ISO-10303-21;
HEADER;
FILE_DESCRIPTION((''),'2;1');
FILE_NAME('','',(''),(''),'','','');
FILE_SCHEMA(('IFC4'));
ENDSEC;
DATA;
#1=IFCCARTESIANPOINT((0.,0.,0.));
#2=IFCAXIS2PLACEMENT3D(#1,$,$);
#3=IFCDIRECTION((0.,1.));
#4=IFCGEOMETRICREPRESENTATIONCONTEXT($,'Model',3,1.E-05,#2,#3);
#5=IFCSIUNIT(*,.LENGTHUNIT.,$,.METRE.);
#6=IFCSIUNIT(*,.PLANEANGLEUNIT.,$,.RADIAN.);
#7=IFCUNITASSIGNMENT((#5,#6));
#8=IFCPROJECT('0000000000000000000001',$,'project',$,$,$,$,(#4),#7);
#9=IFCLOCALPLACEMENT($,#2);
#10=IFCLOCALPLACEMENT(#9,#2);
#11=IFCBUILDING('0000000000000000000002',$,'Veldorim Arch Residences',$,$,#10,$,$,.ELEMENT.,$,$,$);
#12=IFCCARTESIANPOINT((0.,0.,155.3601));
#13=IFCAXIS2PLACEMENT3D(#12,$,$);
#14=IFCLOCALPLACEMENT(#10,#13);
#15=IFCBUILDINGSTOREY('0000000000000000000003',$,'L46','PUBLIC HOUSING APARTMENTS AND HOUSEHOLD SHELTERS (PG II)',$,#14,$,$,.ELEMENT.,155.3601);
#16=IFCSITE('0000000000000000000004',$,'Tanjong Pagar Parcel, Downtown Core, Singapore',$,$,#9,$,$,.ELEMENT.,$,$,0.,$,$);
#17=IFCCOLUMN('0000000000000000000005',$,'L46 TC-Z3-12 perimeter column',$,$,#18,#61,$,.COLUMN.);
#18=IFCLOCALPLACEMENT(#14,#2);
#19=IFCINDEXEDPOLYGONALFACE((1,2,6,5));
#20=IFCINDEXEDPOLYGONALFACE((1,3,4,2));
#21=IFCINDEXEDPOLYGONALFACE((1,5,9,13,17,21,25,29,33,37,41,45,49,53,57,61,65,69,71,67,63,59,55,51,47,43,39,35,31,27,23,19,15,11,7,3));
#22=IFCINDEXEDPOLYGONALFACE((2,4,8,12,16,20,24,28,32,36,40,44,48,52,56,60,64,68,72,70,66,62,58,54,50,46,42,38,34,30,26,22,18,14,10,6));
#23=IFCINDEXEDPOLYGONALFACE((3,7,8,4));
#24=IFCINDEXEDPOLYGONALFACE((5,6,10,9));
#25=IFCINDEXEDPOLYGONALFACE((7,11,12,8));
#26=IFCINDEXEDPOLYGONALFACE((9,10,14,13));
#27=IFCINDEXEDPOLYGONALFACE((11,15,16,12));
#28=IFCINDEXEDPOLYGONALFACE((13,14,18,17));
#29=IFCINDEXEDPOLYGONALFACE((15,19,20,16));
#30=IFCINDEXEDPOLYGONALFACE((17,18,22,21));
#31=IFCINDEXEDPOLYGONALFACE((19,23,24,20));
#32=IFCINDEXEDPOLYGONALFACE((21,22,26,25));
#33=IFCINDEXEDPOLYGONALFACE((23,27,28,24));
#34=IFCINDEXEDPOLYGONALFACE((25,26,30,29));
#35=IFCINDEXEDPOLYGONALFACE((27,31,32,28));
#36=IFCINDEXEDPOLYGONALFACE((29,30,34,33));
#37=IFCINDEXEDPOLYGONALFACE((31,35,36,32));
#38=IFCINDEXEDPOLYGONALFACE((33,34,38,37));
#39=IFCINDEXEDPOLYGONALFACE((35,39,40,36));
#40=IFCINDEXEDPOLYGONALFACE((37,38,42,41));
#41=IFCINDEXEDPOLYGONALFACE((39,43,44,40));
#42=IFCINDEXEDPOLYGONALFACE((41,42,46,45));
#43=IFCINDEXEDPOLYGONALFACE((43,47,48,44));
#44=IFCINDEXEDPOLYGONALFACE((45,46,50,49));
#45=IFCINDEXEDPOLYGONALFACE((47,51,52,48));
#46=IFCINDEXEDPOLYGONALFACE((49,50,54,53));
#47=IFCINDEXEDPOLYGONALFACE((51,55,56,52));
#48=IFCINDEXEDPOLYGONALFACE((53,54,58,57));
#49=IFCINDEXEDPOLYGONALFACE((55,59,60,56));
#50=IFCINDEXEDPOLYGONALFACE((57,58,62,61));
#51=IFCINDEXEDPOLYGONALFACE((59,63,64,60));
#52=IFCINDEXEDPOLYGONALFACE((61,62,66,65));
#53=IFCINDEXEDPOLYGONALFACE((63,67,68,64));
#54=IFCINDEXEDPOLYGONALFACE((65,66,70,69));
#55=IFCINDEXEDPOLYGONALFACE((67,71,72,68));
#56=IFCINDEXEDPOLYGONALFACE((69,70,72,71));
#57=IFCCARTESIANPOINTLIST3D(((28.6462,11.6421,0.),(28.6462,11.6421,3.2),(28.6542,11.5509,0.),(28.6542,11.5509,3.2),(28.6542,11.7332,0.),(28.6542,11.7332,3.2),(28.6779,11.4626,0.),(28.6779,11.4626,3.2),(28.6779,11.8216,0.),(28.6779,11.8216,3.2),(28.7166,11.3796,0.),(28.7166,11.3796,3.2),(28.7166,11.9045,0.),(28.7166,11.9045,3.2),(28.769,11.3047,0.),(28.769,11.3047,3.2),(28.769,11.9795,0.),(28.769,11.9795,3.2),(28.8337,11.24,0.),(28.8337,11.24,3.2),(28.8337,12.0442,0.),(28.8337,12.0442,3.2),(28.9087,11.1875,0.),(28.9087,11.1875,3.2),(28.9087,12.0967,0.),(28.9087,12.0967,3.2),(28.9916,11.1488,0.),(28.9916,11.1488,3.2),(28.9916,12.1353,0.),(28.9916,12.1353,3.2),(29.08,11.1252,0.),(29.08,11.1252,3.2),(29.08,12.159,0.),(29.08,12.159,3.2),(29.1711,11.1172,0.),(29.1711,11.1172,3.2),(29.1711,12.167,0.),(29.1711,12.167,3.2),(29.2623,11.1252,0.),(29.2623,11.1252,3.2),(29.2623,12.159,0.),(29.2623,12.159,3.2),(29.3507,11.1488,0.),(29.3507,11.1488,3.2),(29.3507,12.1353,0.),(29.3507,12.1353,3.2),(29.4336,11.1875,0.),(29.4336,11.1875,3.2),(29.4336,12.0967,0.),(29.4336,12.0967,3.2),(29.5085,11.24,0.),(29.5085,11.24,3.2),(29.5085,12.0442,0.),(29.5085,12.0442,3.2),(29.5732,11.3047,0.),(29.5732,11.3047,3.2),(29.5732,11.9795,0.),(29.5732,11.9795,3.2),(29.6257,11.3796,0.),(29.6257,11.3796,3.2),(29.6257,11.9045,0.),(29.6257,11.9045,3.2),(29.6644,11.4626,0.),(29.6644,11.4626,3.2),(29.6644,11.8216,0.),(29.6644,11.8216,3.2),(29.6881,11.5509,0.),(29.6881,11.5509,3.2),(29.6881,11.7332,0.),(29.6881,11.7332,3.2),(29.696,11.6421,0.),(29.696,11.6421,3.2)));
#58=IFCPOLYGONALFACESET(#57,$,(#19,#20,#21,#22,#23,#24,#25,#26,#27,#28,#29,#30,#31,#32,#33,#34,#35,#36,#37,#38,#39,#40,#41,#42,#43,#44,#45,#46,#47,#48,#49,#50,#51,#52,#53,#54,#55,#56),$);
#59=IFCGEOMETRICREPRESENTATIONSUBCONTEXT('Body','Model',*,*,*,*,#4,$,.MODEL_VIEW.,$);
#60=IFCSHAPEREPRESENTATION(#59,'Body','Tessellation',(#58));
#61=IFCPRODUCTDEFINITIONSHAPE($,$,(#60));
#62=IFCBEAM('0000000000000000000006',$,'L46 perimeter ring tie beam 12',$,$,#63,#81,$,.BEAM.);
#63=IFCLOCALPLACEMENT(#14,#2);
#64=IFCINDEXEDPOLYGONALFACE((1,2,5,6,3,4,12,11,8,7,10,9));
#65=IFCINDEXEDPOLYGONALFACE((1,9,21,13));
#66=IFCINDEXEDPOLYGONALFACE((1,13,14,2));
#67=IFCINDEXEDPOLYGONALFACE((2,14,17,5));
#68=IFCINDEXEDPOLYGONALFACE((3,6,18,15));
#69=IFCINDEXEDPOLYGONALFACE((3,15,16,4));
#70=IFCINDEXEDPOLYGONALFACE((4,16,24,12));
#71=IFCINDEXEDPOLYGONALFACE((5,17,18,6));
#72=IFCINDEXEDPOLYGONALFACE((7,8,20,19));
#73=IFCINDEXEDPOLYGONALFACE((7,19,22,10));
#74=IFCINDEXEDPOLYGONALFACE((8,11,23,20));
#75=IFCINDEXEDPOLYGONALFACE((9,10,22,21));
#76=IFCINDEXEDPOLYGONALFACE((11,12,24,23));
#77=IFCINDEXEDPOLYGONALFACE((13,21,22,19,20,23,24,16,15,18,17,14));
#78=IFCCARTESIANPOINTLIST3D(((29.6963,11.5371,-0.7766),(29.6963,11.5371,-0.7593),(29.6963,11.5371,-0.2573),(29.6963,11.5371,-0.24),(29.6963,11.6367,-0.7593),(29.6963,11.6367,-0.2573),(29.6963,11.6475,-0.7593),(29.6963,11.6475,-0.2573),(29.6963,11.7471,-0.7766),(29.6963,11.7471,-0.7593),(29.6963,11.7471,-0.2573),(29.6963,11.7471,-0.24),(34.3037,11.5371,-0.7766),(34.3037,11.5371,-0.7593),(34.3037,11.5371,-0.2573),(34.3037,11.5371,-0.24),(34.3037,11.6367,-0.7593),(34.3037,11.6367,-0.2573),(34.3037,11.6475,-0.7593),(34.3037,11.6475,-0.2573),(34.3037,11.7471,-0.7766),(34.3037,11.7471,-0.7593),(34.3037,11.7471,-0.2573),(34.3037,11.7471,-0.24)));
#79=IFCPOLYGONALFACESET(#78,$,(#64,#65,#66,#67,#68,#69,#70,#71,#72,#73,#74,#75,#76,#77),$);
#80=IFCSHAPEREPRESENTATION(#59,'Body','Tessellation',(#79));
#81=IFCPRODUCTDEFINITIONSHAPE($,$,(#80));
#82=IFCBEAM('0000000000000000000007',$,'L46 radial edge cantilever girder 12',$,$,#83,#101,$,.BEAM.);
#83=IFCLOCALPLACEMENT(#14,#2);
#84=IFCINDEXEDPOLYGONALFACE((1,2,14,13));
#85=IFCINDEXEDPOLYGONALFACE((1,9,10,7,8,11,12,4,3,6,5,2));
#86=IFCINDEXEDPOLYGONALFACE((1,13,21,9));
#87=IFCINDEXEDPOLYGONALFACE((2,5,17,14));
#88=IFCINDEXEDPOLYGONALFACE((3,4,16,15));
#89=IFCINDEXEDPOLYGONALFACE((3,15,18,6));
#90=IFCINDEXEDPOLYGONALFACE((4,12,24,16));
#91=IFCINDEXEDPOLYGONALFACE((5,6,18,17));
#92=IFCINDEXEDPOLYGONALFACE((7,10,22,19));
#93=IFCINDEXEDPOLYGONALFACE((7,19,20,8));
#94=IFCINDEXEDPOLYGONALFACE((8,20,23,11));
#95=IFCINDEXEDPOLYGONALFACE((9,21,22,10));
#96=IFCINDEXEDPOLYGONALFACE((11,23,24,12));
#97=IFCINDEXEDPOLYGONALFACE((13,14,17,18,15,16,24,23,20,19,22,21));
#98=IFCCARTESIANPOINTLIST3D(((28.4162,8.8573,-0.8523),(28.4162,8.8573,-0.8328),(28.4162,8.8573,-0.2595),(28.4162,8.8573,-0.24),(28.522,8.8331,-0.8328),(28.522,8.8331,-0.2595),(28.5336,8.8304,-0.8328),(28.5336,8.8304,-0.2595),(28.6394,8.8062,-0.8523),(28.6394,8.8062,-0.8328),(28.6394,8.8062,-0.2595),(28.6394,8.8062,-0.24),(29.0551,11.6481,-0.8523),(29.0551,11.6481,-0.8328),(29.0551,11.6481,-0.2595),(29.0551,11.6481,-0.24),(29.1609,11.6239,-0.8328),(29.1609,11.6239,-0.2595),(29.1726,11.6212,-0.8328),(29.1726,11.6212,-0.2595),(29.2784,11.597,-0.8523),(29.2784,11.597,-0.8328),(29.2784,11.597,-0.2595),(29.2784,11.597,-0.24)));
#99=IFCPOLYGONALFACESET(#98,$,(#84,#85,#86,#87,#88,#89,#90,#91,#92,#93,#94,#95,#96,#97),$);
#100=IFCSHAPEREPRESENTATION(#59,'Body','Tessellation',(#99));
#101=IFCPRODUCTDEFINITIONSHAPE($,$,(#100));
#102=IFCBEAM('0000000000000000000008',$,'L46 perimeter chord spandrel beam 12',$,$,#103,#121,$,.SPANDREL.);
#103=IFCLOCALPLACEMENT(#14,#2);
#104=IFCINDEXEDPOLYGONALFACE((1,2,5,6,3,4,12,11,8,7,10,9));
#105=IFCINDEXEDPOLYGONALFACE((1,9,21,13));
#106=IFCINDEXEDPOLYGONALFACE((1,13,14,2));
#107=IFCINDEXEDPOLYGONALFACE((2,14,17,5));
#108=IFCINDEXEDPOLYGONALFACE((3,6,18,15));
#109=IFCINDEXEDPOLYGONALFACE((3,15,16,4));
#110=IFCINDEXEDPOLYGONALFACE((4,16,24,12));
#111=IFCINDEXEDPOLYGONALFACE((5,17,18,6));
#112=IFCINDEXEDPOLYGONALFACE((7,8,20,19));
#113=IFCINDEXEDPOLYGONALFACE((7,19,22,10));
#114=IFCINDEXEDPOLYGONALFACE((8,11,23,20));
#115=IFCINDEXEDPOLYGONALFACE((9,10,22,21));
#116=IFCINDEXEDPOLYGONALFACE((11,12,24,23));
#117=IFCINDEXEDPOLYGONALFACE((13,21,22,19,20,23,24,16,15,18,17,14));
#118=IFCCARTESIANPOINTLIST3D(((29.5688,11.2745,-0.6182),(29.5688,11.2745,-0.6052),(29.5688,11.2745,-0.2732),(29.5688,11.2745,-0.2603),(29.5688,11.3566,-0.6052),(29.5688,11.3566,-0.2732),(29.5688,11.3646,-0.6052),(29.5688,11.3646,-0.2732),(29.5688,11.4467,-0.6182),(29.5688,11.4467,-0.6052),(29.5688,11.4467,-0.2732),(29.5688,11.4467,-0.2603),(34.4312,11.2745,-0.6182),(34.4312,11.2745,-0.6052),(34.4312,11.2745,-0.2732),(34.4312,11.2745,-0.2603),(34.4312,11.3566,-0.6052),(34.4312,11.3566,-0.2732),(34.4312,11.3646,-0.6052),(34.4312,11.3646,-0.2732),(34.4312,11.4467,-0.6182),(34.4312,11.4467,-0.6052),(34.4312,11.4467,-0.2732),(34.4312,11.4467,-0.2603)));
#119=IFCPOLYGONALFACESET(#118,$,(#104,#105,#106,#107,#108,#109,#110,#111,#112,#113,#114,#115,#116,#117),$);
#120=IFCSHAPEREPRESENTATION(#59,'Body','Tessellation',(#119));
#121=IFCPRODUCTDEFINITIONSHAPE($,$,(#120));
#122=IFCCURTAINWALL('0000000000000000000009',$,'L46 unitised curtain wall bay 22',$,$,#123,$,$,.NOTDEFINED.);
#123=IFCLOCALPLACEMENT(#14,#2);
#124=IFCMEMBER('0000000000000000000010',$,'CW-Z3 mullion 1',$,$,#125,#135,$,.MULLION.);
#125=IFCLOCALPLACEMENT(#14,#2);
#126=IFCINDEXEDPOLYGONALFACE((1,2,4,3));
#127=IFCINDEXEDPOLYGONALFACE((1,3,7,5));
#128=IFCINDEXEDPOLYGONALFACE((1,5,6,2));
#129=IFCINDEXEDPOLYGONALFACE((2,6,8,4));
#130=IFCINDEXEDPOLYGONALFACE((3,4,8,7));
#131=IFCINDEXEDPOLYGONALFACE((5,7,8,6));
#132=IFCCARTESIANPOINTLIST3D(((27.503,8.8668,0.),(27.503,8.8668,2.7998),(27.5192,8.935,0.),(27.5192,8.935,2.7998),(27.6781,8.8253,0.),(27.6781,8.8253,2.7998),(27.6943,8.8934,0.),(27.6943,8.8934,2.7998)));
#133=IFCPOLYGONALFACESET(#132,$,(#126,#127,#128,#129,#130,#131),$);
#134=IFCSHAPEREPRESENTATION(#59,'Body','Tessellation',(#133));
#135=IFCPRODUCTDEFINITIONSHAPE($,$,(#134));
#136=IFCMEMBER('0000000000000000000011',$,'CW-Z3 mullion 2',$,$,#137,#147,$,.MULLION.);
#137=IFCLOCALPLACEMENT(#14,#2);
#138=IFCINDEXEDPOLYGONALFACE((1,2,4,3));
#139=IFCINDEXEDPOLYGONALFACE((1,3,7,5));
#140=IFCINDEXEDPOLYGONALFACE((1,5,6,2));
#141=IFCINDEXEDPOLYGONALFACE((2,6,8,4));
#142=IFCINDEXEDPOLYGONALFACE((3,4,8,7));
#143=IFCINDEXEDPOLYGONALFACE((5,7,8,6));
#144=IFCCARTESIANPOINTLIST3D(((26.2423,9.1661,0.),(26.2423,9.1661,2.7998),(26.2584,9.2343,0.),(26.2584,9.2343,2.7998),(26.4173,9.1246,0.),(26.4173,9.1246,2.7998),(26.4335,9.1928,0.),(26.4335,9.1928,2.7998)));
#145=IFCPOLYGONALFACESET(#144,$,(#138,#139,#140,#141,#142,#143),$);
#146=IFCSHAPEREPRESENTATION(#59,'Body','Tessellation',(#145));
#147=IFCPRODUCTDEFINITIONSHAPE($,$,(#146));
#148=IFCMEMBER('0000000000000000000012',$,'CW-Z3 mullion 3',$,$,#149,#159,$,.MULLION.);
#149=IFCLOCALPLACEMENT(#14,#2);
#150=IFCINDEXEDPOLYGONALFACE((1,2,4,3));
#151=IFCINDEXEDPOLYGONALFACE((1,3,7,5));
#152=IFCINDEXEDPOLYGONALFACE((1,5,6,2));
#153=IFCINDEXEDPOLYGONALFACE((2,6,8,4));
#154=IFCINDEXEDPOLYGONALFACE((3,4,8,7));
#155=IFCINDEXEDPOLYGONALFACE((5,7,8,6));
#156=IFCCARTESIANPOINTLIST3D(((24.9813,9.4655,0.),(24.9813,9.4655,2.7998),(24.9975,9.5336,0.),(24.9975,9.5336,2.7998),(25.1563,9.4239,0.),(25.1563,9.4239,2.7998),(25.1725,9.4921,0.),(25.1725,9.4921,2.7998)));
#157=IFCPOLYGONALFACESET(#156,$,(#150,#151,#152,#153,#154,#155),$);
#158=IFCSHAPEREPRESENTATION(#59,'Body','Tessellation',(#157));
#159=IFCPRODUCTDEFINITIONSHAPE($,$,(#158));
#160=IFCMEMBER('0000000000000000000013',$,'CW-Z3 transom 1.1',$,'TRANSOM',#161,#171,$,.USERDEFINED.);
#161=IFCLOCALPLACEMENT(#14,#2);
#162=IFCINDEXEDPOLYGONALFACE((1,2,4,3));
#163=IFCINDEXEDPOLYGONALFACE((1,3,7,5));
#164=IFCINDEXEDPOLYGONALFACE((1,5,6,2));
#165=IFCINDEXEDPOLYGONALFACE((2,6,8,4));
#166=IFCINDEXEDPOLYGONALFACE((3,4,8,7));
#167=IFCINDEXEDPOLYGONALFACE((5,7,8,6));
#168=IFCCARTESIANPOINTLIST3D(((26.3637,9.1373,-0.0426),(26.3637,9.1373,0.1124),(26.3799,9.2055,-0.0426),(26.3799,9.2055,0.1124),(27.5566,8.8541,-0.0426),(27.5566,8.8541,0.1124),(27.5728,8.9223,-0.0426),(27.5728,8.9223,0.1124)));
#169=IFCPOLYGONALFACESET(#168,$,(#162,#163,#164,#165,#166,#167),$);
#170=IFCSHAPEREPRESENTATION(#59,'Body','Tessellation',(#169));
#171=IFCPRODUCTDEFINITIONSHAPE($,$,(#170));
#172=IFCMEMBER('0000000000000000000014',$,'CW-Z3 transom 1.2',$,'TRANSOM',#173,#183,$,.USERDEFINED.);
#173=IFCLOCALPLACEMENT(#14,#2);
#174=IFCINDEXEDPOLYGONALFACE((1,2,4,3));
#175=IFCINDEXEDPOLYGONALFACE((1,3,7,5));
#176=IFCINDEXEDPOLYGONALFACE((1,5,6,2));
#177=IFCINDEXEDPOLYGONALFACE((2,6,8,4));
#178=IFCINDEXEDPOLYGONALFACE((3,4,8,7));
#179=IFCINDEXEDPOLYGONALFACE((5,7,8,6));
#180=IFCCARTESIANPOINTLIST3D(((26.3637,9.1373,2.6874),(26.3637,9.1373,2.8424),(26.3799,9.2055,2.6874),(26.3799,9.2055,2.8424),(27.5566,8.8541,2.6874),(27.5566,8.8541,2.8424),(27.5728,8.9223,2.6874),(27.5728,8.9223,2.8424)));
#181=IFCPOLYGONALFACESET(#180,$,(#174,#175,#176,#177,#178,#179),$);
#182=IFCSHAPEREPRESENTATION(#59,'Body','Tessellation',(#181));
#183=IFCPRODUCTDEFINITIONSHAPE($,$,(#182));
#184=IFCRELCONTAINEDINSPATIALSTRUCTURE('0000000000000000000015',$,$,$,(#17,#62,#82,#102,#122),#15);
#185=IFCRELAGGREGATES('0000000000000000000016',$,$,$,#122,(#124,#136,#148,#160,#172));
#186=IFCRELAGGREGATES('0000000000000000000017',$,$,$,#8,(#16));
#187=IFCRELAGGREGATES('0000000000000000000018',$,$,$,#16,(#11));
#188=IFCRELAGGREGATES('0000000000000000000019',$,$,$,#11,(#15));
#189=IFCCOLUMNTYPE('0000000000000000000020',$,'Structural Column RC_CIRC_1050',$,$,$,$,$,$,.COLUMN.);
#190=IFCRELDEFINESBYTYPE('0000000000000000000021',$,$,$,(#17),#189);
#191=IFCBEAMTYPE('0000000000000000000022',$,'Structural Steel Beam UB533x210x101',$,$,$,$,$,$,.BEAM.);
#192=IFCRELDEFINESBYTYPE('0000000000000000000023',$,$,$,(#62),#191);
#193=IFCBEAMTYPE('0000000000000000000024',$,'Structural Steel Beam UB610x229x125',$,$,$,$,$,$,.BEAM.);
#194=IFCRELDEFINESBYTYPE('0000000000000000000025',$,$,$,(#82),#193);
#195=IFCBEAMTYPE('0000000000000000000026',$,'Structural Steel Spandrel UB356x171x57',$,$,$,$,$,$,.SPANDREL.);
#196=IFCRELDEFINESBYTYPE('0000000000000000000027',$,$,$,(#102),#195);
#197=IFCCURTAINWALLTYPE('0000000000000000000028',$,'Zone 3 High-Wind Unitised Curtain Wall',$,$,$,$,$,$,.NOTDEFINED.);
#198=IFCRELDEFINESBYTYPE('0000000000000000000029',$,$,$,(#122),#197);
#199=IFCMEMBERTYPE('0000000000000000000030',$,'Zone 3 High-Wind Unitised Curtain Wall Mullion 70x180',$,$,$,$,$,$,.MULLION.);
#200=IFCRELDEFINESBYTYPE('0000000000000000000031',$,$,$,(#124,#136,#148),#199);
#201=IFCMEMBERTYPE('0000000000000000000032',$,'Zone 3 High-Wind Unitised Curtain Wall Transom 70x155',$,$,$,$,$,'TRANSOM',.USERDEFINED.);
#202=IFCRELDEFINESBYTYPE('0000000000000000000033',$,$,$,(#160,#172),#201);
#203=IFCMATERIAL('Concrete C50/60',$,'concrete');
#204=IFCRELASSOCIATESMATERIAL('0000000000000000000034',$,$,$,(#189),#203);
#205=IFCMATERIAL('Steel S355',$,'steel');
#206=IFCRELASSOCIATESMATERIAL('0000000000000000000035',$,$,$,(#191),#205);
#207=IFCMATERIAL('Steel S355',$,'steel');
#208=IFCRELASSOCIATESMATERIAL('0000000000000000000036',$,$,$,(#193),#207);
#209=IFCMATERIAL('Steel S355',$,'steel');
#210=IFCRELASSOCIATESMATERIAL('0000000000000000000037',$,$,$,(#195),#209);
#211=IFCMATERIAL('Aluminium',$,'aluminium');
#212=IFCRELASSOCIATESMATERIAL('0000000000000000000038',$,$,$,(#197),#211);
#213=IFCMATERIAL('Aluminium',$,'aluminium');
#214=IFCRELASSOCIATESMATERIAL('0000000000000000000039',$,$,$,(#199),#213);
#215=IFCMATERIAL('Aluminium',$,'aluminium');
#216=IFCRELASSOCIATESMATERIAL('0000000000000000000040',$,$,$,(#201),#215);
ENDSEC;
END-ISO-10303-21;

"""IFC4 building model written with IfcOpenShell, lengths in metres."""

from ifc_helpers import new_model, si_unit, direction, frame, origin, origin_2d, place, context, subcontext, project, spatial, rectangle, circle, i_section, extrude, material, material_profile, profile_set, type_object, element, aggregate, save


model = new_model("IFC4")

# Units and contexts
model_context = context("Model", 3, precision=1e-05, world=origin(), true_north=direction((0.0, 1.0)))
body_context = subcontext(model_context, "Body", "Model", "MODEL_VIEW")
ifc_project = project(units=[si_unit("LENGTHUNIT", "METRE"), si_unit("PLANEANGLEUNIT", "RADIAN")], contexts=[model_context])

# Site, building, storey
site_placement = place(None, origin())
site = spatial("IfcSite", under=ifc_project, at=site_placement, Name="Tanjong Pagar Parcel, Downtown Core, Singapore", CompositionType="ELEMENT", RefElevation=0.0)
building_placement = place(site_placement, origin())
building = spatial("IfcBuilding", under=site, at=building_placement, Name="Veldorim Arch Residences", CompositionType="ELEMENT")
storey_placement = place(building_placement, frame((0.0, 0.0, 155.3601)))
storey = spatial("IfcBuildingStorey", under=building, at=storey_placement, Name="L46", Description="PUBLIC HOUSING APARTMENTS AND HOUSEHOLD SHELTERS (PG II)", CompositionType="ELEMENT", Elevation=155.3601)

# Column
ifc_material_1 = material(Name="Concrete C50/60", Category="concrete")
ifc_material_profile_1 = material_profile(ifc_material_1, circle(Radius=0.5249, at=origin_2d()), Name="RC_CIRC_1050")
ifc_profile_set_1 = profile_set([ifc_material_profile_1], Name="Concrete C50/60")
column_type = type_object("IfcColumnType", Name="Structural Column RC_CIRC_1050", PredefinedType="COLUMN", material=ifc_profile_set_1)
column_placement = place(storey_placement, frame((29.1711, 11.6421, 0.0), z_axis=(0.0, 0.0, 1.0), x_axis=(1.0, 0.0, 0.0)))
element("IfcColumn", 1, at=column_placement, inside=storey, type_object=column_type, Name="L46 TC-Z3-12 perimeter column", PredefinedType="COLUMN", context=body_context, shape_type="SweptSolid", body=[
    extrude(circle(Radius=0.5249, at=origin_2d()), origin(), (0.0, 0.0, 1.0), 3.2),
])

# Beams
ifc_material_2 = material(Name="Steel S355", Category="steel")
ifc_material_profile_2 = material_profile(ifc_material_2, i_section(OverallWidth=0.21, OverallDepth=0.5366, WebThickness=0.0107, FlangeThickness=0.0173, at=origin_2d()), Name="UB533x210x101")
ifc_profile_set_2 = profile_set([ifc_material_profile_2], Name="Steel S355")
beam_type_1 = type_object("IfcBeamType", Name="Structural Steel Beam UB533x210x101", PredefinedType="BEAM", material=ifc_profile_set_2)
beam_1_placement = place(storey_placement, frame((29.6963, 11.6421, -0.5083), z_axis=(1.0, 0.0, 0.0), x_axis=(0.0, 1.0, 0.0)))
element("IfcBeam", 2, at=beam_1_placement, inside=storey, type_object=beam_type_1, Name="L46 perimeter ring tie beam 12", PredefinedType="BEAM", context=body_context, shape_type="SweptSolid", body=[
    extrude(i_section(OverallWidth=0.21, OverallDepth=0.5366, WebThickness=0.0107, FlangeThickness=0.0173, at=origin_2d()), origin(), (0.0, 0.0, 1.0), 4.6074),
])
ifc_material_3 = material(Name="Steel S355", Category="steel")
ifc_material_profile_3 = material_profile(ifc_material_3, i_section(OverallWidth=0.229, OverallDepth=0.6123, WebThickness=0.012, FlangeThickness=0.0195, at=origin_2d()), Name="UB610x229x125")
ifc_profile_set_3 = profile_set([ifc_material_profile_3], Name="Steel S355")
beam_type_2 = type_object("IfcBeamType", Name="Structural Steel Beam UB610x229x125", PredefinedType="BEAM", material=ifc_profile_set_3)
beam_2_placement = place(storey_placement, frame((29.1667, 11.6226, -0.5461), z_axis=(-0.223165, -0.974781, 0.0), x_axis=(0.974781, -0.223165, 0.0)))
element("IfcBeam", 3, at=beam_2_placement, inside=storey, type_object=beam_type_2, Name="L46 radial edge cantilever girder 12", PredefinedType="BEAM", context=body_context, shape_type="SweptSolid", body=[
    extrude(i_section(OverallWidth=0.229, OverallDepth=0.6123, WebThickness=0.012, FlangeThickness=0.0195, at=origin_2d()), origin(), (0.0, 0.0, 1.0), 2.863),
])
ifc_material_4 = material(Name="Steel S355", Category="steel")
ifc_material_profile_4 = material_profile(ifc_material_4, i_section(OverallWidth=0.1721, OverallDepth=0.3579, WebThickness=0.0081, FlangeThickness=0.0129, at=origin_2d()), Name="UB356x171x57")
ifc_profile_set_4 = profile_set([ifc_material_profile_4], Name="Steel S355")
beam_type_3 = type_object("IfcBeamType", Name="Structural Steel Spandrel UB356x171x57", PredefinedType="SPANDREL", material=ifc_profile_set_4)
beam_3_placement = place(storey_placement, frame((29.5688, 11.3606, -0.4392), z_axis=(1.0, 0.0, 0.0), x_axis=(0.0, 1.0, 0.0)))
element("IfcBeam", 4, at=beam_3_placement, inside=storey, type_object=beam_type_3, Name="L46 perimeter chord spandrel beam 12", PredefinedType="SPANDREL", context=body_context, shape_type="SweptSolid", body=[
    extrude(i_section(OverallWidth=0.1721, OverallDepth=0.3579, WebThickness=0.0081, FlangeThickness=0.0129, at=origin_2d()), origin(), (0.0, 0.0, 1.0), 4.8623),
])

# Curtain wall, members
ifc_material_5 = material(Name="Aluminium", Category="aluminium")
curtain_wall_type = type_object("IfcCurtainWallType", Name="Zone 3 High-Wind Unitised Curtain Wall", PredefinedType="NOTDEFINED", material=ifc_material_5)
curtain_wall_placement = place(storey_placement, origin())
curtain_wall = element("IfcCurtainWall", 5, at=curtain_wall_placement, inside=storey, type_object=curtain_wall_type, Name="L46 unitised curtain wall bay 22", PredefinedType="NOTDEFINED")
ifc_material_6 = material(Name="Aluminium", Category="aluminium")
ifc_material_profile_5 = material_profile(ifc_material_6, rectangle(XDim=0.0701, YDim=0.1799, at=origin_2d()), Name="ALU_MUL_70x180")
ifc_profile_set_5 = profile_set([ifc_material_profile_5], Name="Aluminium")
member_type_1 = type_object("IfcMemberType", Name="Zone 3 High-Wind Unitised Curtain Wall Mullion 70x180", PredefinedType="MULLION", material=ifc_profile_set_5)
member_1_placement = place(storey_placement, frame((27.5986, 8.8801, 0.0), z_axis=(0.0, 0.0, 1.0), x_axis=(-0.230957, -0.972964, 0.0)))
member_1 = element("IfcMember", 6, at=member_1_placement, type_object=member_type_1, Name="CW-Z3 mullion 1", PredefinedType="MULLION", context=body_context, shape_type="SweptSolid", body=[
    extrude(rectangle(XDim=0.0701, YDim=0.1799, at=origin_2d()), origin(), (0.0, 0.0, 1.0), 2.7998),
])
member_2_placement = place(storey_placement, frame((26.3379, 9.1794, 0.0), z_axis=(0.0, 0.0, 1.0), x_axis=(-0.230957, -0.972964, 0.0)))
member_2 = element("IfcMember", 7, at=member_2_placement, type_object=member_type_1, Name="CW-Z3 mullion 2", PredefinedType="MULLION", context=body_context, shape_type="SweptSolid", body=[
    extrude(rectangle(XDim=0.0701, YDim=0.1799, at=origin_2d()), origin(), (0.0, 0.0, 1.0), 2.7998),
])
member_3_placement = place(storey_placement, frame((25.0769, 9.4788, 0.0), z_axis=(0.0, 0.0, 1.0), x_axis=(-0.230957, -0.972964, 0.0)))
member_3 = element("IfcMember", 8, at=member_3_placement, type_object=member_type_1, Name="CW-Z3 mullion 3", PredefinedType="MULLION", context=body_context, shape_type="SweptSolid", body=[
    extrude(rectangle(XDim=0.0701, YDim=0.1799, at=origin_2d()), origin(), (0.0, 0.0, 1.0), 2.7998),
])
ifc_material_7 = material(Name="Aluminium", Category="aluminium")
ifc_material_profile_6 = material_profile(ifc_material_7, rectangle(XDim=0.0701, YDim=0.155, at=origin_2d()), Name="ALU_TRN_70x155")
ifc_profile_set_6 = profile_set([ifc_material_profile_6], Name="Aluminium")
member_type_2 = type_object("IfcMemberType", Name="Zone 3 High-Wind Unitised Curtain Wall Transom 70x155", ElementType="TRANSOM", PredefinedType="USERDEFINED", material=ifc_profile_set_6)
member_4_placement = place(storey_placement, frame((27.5647, 8.8882, 0.0349), z_axis=(-0.972956, 0.230992, 0.0), x_axis=(-0.230992, -0.972956, 0.0)))
member_4 = element("IfcMember", 9, at=member_4_placement, type_object=member_type_2, Name="CW-Z3 transom 1.1", ObjectType="TRANSOM", PredefinedType="USERDEFINED", context=body_context, shape_type="SweptSolid", body=[
    extrude(rectangle(XDim=0.0701, YDim=0.155, at=origin_2d()), origin(), (0.0, 0.0, 1.0), 1.2261),
])
member_5_placement = place(storey_placement, frame((27.5647, 8.8882, 2.7649), z_axis=(-0.972956, 0.230992, 0.0), x_axis=(-0.230992, -0.972956, 0.0)))
member_5 = element("IfcMember", 10, at=member_5_placement, type_object=member_type_2, Name="CW-Z3 transom 1.2", ObjectType="TRANSOM", PredefinedType="USERDEFINED", context=body_context, shape_type="SweptSolid", body=[
    extrude(rectangle(XDim=0.0701, YDim=0.155, at=origin_2d()), origin(), (0.0, 0.0, 1.0), 1.2261),
])
aggregate(curtain_wall, [member_1, member_2, member_3, member_4, member_5])

save(model, "model.ifc")
